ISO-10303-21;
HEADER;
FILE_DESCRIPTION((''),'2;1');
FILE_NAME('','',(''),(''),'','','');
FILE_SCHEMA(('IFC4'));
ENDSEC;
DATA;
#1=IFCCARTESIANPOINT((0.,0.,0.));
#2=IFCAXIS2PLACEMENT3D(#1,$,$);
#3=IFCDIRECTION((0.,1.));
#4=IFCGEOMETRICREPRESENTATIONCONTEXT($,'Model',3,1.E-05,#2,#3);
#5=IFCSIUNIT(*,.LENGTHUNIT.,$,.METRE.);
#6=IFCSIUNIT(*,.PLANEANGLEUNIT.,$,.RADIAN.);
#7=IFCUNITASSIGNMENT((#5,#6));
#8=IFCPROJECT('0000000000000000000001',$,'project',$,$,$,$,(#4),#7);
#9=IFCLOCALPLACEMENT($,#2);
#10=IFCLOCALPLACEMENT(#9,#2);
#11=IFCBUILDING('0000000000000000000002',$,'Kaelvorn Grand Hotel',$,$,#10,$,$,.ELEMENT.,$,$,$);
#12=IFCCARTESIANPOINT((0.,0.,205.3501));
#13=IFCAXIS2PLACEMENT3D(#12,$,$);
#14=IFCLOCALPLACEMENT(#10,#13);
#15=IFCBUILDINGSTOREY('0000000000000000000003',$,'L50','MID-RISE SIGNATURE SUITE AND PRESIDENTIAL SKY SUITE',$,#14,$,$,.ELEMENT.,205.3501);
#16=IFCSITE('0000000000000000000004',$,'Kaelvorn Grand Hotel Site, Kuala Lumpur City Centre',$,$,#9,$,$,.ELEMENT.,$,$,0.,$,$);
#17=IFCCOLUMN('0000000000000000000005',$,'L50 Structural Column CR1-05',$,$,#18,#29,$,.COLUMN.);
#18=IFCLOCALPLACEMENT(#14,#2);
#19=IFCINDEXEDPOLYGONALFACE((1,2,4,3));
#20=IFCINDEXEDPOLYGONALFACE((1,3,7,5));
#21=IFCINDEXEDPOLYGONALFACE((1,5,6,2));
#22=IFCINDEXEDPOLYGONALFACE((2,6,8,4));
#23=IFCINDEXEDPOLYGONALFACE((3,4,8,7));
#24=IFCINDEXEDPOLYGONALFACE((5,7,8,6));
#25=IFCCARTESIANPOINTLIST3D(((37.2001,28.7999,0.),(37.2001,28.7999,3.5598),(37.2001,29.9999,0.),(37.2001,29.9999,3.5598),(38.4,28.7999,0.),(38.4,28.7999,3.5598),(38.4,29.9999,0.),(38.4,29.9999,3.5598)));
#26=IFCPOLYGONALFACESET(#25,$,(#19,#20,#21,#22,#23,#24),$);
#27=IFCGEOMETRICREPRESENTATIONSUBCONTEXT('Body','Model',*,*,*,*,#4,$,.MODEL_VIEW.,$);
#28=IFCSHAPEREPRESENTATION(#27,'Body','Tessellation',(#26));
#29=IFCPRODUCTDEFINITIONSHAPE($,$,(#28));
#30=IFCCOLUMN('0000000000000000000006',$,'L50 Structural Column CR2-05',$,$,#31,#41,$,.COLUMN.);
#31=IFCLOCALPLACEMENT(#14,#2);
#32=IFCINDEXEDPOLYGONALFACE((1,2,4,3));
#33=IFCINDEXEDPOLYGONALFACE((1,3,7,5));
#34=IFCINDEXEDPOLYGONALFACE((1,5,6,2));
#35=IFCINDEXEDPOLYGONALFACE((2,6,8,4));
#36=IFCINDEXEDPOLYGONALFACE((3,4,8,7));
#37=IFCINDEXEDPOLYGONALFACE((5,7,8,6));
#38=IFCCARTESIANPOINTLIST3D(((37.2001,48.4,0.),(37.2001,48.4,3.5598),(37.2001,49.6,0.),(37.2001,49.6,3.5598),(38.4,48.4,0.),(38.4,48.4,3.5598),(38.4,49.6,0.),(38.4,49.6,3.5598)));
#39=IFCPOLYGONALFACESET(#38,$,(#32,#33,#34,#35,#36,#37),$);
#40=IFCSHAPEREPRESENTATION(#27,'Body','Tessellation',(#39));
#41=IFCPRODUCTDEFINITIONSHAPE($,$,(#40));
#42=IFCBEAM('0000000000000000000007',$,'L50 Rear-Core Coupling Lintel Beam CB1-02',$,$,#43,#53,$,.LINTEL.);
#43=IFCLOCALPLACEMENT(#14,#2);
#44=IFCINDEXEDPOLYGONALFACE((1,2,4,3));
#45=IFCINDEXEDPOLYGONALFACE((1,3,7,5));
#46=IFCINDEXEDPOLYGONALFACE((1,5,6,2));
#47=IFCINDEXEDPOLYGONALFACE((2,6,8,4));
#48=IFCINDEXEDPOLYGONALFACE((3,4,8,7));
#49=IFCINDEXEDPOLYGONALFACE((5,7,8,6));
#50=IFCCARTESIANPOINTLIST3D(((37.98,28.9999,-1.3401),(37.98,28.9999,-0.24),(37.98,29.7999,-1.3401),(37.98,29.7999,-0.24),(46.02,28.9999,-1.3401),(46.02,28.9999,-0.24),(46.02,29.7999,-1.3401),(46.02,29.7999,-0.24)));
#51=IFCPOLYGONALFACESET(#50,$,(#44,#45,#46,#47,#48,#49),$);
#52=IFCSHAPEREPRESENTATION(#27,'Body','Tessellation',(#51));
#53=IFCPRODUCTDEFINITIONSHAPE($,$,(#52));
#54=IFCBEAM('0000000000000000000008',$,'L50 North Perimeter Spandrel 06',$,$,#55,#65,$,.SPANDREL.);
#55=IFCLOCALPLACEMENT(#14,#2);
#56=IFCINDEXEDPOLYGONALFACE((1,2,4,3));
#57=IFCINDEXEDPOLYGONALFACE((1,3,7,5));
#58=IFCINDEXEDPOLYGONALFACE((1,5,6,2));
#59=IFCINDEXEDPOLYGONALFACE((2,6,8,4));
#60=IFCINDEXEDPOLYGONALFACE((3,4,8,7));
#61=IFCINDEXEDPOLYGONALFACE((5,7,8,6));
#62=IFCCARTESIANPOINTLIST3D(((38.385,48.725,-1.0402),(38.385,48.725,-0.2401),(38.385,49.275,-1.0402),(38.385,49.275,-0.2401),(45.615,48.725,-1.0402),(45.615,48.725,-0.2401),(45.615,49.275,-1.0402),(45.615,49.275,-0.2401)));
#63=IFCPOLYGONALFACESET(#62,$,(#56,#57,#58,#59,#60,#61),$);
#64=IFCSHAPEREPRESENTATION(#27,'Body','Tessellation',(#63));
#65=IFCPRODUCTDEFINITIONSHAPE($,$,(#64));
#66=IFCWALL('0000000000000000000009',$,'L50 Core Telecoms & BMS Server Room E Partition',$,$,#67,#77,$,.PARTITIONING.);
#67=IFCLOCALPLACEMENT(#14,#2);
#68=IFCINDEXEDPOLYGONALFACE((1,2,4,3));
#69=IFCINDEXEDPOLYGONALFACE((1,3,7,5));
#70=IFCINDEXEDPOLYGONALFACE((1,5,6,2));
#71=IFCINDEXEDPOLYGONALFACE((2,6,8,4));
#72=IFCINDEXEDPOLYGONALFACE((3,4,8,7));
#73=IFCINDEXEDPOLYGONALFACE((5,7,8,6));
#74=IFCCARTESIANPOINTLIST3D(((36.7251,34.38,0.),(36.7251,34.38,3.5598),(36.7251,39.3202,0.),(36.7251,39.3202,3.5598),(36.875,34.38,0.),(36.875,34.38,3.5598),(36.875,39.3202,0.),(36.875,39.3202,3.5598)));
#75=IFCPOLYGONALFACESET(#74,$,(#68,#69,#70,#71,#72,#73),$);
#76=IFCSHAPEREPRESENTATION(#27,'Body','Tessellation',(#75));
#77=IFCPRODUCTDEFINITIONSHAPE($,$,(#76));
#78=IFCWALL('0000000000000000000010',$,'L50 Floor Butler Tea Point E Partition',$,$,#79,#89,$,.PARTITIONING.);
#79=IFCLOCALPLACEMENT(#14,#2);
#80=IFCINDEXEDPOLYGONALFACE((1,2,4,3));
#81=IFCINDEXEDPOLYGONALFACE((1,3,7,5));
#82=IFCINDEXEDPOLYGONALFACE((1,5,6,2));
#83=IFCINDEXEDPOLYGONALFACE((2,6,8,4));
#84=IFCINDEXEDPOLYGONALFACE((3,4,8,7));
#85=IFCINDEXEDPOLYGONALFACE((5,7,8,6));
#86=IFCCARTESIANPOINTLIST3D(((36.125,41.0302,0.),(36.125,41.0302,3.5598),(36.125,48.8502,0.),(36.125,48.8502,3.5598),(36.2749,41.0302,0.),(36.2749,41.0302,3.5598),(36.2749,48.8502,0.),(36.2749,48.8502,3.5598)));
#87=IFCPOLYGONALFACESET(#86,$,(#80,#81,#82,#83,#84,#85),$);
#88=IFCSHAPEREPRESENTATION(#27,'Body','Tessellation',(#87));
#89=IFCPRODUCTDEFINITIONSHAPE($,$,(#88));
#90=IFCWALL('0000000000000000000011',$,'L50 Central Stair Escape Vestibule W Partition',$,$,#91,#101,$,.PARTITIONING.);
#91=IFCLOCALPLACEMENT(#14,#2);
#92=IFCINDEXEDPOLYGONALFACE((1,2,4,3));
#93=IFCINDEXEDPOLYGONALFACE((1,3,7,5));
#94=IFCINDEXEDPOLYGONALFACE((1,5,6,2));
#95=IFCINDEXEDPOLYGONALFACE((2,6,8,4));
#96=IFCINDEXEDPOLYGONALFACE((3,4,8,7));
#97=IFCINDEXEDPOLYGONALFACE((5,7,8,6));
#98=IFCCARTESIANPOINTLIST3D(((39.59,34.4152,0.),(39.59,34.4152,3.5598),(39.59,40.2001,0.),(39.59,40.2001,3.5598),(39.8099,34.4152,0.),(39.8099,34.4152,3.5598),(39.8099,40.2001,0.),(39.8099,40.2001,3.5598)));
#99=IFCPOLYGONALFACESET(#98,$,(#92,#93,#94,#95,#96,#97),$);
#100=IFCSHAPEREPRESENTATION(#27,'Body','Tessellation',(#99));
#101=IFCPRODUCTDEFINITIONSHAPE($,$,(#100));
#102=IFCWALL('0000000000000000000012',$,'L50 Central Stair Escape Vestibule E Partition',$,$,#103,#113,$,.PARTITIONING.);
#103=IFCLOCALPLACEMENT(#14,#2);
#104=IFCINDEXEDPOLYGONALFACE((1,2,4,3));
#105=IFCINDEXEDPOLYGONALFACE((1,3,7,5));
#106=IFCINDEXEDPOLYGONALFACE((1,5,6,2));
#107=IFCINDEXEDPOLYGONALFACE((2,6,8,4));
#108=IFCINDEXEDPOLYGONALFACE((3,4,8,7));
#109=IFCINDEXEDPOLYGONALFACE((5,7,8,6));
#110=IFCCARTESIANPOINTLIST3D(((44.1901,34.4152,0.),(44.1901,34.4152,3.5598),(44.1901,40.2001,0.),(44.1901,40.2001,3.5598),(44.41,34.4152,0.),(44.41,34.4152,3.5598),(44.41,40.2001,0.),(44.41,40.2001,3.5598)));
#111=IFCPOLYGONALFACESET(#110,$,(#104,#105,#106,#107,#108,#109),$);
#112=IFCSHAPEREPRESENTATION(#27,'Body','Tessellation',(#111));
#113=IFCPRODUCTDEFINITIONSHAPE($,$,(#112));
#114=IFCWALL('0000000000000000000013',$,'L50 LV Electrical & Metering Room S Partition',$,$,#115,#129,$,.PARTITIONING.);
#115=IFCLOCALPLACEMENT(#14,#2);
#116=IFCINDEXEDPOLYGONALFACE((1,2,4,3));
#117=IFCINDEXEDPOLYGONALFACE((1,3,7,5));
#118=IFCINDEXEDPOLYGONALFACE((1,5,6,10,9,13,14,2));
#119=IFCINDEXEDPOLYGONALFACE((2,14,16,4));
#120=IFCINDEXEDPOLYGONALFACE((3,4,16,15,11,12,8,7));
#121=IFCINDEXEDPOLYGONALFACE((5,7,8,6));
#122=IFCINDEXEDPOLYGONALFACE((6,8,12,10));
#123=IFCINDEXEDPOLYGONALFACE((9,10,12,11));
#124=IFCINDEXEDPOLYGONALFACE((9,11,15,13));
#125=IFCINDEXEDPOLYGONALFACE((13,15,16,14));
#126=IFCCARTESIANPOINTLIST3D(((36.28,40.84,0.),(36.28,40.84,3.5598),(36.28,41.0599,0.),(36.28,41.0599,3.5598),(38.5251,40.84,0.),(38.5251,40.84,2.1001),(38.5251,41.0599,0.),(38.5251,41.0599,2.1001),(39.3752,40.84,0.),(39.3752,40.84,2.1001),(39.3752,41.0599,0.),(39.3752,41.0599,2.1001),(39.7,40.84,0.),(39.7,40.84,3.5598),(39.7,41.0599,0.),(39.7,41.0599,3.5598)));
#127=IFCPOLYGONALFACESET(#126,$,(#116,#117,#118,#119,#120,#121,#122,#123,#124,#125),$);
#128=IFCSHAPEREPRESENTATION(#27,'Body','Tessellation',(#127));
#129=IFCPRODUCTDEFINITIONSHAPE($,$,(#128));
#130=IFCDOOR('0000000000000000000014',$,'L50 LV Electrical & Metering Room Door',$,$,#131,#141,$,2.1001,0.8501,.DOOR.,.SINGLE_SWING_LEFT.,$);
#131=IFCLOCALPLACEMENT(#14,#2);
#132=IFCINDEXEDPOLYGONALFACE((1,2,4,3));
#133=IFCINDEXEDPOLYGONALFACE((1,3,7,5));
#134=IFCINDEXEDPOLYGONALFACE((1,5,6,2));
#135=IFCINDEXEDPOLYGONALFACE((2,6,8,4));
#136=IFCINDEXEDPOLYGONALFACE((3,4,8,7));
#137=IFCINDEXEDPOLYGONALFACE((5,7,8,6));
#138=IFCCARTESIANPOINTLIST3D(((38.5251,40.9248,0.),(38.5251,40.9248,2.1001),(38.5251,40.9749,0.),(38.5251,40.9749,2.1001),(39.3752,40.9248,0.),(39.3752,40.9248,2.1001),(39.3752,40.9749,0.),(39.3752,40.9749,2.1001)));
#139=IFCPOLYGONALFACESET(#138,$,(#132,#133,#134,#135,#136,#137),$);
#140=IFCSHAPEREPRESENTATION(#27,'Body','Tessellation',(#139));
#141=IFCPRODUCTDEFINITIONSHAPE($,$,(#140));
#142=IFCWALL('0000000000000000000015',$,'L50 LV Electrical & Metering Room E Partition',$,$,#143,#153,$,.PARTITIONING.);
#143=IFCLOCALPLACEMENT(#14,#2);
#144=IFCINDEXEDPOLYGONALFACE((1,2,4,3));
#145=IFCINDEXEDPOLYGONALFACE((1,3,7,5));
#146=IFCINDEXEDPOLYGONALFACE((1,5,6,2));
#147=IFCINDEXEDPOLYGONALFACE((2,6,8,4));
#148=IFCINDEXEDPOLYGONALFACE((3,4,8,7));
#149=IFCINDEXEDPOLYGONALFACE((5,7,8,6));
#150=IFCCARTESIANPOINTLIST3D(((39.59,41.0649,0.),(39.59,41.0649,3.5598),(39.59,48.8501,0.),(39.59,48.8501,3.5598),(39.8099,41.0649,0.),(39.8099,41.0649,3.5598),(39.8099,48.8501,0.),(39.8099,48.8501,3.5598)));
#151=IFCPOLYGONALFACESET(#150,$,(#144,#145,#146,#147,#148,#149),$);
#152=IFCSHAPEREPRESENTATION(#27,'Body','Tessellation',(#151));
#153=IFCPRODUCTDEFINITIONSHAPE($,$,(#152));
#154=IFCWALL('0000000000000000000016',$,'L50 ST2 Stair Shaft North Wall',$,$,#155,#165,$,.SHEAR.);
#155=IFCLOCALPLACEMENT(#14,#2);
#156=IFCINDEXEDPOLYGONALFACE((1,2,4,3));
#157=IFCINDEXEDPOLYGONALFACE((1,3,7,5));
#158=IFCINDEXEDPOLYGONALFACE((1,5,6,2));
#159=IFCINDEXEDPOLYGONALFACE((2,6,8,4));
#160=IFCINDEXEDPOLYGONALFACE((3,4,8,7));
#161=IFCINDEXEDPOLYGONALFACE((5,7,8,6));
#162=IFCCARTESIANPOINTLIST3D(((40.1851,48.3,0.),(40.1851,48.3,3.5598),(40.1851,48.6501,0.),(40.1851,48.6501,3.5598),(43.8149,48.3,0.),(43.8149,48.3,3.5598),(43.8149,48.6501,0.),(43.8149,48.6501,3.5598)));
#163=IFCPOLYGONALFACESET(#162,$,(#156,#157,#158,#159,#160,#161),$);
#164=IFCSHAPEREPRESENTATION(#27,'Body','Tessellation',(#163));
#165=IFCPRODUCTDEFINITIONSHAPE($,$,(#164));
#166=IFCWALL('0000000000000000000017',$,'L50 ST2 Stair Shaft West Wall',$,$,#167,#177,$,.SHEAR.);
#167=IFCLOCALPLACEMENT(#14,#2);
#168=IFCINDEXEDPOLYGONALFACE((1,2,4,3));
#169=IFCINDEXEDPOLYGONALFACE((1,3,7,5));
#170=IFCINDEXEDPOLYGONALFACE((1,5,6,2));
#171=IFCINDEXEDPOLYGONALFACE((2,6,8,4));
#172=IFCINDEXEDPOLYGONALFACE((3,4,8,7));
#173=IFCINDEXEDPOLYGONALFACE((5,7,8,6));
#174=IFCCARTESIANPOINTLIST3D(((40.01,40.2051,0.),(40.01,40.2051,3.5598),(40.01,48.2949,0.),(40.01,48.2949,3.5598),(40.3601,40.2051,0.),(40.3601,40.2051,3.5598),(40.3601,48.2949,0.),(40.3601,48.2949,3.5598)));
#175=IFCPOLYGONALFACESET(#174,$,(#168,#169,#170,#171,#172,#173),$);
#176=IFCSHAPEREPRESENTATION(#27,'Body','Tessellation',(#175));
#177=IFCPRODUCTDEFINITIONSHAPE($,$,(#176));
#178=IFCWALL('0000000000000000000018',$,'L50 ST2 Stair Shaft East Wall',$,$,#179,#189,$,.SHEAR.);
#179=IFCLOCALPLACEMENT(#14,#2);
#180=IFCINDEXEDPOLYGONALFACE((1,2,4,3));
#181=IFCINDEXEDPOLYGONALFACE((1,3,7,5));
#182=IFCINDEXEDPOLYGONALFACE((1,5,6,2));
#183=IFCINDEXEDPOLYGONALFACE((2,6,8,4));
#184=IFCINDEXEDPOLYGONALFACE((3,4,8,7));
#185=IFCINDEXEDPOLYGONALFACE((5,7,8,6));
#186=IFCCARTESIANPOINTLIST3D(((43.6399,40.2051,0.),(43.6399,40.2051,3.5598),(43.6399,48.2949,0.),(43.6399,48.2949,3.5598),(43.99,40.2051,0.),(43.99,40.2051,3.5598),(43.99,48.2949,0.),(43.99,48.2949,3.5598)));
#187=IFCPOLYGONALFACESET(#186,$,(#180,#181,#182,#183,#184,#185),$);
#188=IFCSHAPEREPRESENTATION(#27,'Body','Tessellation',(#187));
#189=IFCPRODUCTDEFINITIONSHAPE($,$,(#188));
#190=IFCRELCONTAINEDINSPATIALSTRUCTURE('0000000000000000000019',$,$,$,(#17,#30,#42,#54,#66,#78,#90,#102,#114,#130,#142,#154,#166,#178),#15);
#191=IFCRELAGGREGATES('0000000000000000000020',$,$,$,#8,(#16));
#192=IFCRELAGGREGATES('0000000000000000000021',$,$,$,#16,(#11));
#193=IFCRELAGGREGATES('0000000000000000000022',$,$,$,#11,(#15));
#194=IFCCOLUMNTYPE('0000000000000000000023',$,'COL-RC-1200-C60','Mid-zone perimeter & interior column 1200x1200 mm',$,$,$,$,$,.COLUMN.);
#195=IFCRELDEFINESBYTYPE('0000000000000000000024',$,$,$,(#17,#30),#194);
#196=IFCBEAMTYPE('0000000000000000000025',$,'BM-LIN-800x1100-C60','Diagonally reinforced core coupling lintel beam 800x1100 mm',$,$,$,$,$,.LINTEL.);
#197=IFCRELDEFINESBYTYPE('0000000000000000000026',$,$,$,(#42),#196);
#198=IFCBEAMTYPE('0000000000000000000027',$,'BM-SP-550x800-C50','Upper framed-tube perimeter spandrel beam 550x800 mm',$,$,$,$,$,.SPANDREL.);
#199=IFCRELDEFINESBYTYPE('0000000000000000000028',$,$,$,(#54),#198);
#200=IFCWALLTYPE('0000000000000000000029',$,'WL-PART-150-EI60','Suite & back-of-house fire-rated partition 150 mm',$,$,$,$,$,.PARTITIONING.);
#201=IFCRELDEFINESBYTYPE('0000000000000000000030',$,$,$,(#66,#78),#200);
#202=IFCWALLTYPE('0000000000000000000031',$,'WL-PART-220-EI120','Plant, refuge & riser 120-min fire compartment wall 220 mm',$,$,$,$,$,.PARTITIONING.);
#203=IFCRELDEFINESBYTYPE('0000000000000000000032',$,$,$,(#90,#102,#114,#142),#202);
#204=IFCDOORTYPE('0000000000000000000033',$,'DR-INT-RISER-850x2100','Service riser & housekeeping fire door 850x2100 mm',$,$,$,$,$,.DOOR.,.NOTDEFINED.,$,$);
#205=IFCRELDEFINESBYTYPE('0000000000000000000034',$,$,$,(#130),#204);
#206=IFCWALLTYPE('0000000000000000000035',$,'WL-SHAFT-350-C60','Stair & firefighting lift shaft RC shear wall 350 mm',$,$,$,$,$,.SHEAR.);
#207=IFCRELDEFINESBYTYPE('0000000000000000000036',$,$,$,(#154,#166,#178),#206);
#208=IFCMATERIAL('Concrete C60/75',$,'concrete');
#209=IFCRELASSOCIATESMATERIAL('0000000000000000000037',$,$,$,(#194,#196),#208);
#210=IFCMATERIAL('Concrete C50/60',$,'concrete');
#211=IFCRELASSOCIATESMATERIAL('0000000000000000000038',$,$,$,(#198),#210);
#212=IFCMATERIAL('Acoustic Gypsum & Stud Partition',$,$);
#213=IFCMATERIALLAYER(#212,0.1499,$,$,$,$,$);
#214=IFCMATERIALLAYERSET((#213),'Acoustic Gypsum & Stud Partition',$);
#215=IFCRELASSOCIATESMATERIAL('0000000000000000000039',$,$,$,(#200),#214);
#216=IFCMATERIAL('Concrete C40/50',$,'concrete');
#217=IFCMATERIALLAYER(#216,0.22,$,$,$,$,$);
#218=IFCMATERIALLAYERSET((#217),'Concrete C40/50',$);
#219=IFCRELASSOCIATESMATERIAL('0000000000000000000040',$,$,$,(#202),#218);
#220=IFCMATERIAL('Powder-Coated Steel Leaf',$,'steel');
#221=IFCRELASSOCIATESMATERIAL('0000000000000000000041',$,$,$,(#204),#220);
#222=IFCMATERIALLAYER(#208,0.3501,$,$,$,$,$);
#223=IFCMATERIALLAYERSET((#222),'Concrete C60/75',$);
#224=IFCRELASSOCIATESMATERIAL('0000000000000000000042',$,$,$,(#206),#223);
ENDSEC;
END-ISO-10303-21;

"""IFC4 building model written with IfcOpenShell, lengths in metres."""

from ifc_helpers import new_model, si_unit, direction, frame, frame_2d, origin, origin_2d, place, context, subcontext, project, spatial, rectangle, extrude, material, layer, layer_set, material_profile, profile_set, type_object, element, fill, save


model = new_model("IFC4")

# Units and contexts
model_context = context("Model", 3, precision=1e-05, world=origin(), true_north=direction((0.0, 1.0)))
body_context = subcontext(model_context, "Body", "Model", "MODEL_VIEW")
ifc_project = project(units=[si_unit("LENGTHUNIT", "METRE"), si_unit("PLANEANGLEUNIT", "RADIAN")], contexts=[model_context])

# Site, building, storey
site_placement = place(None, origin())
site = spatial("IfcSite", under=ifc_project, at=site_placement, Name="Kaelvorn Grand Hotel Site, Kuala Lumpur City Centre", CompositionType="ELEMENT", RefElevation=0.0)
building_placement = place(site_placement, origin())
building = spatial("IfcBuilding", under=site, at=building_placement, Name="Kaelvorn Grand Hotel", CompositionType="ELEMENT")
storey_placement = place(building_placement, frame((0.0, 0.0, 205.3501)))
storey = spatial("IfcBuildingStorey", under=building, at=storey_placement, Name="L50", Description="MID-RISE SIGNATURE SUITE AND PRESIDENTIAL SKY SUITE", CompositionType="ELEMENT", Elevation=205.3501)

# Columns
ifc_material_1 = material(Name="Concrete C60/75", Category="concrete")
ifc_material_profile_1 = material_profile(ifc_material_1, rectangle(XDim=1.2, YDim=1.2, at=origin_2d()), Name="RC COL 1200x1200")
ifc_profile_set_1 = profile_set([ifc_material_profile_1], Name="Concrete C60/75")
column_type = type_object("IfcColumnType", Name="COL-RC-1200-C60", Description="Mid-zone perimeter & interior column 1200x1200 mm", PredefinedType="COLUMN", material=ifc_profile_set_1)
for number, where, z_axis, x_axis, name in (
    (1, (37.8, 29.3999, 0.0), (0.0, 0.0, 1.0), (1.0, 0.0, 0.0), "L50 Structural Column CR1-05"),
    (2, (37.8, 49.0, 0.0), (0.0, 0.0, 1.0), (1.0, 0.0, 0.0), "L50 Structural Column CR2-05"),
):
    element("IfcColumn", number, at=place(storey_placement, frame(where, z_axis=z_axis, x_axis=x_axis)), inside=storey, type_object=column_type, Name=name, PredefinedType="COLUMN", context=body_context, shape_type="SweptSolid", body=[
        extrude(rectangle(XDim=1.2, YDim=1.2, at=origin_2d()), origin(), (0.0, 0.0, 1.0), 3.5598),
    ])

# Beams
ifc_material_profile_2 = material_profile(ifc_material_1, rectangle(XDim=0.8, YDim=1.1001, at=origin_2d()), Name="RC LINTEL 800x1100")
ifc_profile_set_2 = profile_set([ifc_material_profile_2], Name="Concrete C60/75")
beam_type_1 = type_object("IfcBeamType", Name="BM-LIN-800x1100-C60", Description="Diagonally reinforced core coupling lintel beam 800x1100 mm", PredefinedType="LINTEL", material=ifc_profile_set_2)
beam_1_placement = place(storey_placement, frame((37.98, 29.3999, -0.79), z_axis=(1.0, 0.0, 0.0), x_axis=(0.0, 1.0, 0.0)))
element("IfcBeam", 3, at=beam_1_placement, inside=storey, type_object=beam_type_1, Name="L50 Rear-Core Coupling Lintel Beam CB1-02", PredefinedType="LINTEL", context=body_context, shape_type="SweptSolid", body=[
    extrude(rectangle(XDim=0.8, YDim=1.1001, at=origin_2d()), origin(), (0.0, 0.0, 1.0), 8.04),
])
ifc_material_2 = material(Name="Concrete C50/60", Category="concrete")
ifc_material_profile_3 = material_profile(ifc_material_2, rectangle(XDim=0.55, YDim=0.8, at=origin_2d()), Name="RC SPANDREL 550x800")
ifc_profile_set_3 = profile_set([ifc_material_profile_3], Name="Concrete C50/60")
beam_type_2 = type_object("IfcBeamType", Name="BM-SP-550x800-C50", Description="Upper framed-tube perimeter spandrel beam 550x800 mm", PredefinedType="SPANDREL", material=ifc_profile_set_3)
beam_2_placement = place(storey_placement, frame((38.385, 49.0, -0.6401), z_axis=(1.0, 0.0, 0.0), x_axis=(0.0, 1.0, 0.0)))
element("IfcBeam", 4, at=beam_2_placement, inside=storey, type_object=beam_type_2, Name="L50 North Perimeter Spandrel 06", PredefinedType="SPANDREL", context=body_context, shape_type="SweptSolid", body=[
    extrude(rectangle(XDim=0.55, YDim=0.8, at=origin_2d()), origin(), (0.0, 0.0, 1.0), 7.23),
])

# Walls
ifc_material_3 = material(Name="Acoustic Gypsum & Stud Partition")
ifc_layer_1 = layer(ifc_material_3, 0.1499)
ifc_layer_set_1 = layer_set([ifc_layer_1], Name="Acoustic Gypsum & Stud Partition")
wall_type_1 = type_object("IfcWallType", Name="WL-PART-150-EI60", Description="Suite & back-of-house fire-rated partition 150 mm", PredefinedType="PARTITIONING", material=ifc_layer_set_1)
wall_1_placement = place(storey_placement, frame((36.8, 34.3799, 0.0), z_axis=(0.0, 0.0, 1.0), x_axis=(0.0, 1.0, 0.0)))
element("IfcWall", 5, at=wall_1_placement, inside=storey, type_object=wall_type_1, Name="L50 Core Telecoms & BMS Server Room E Partition", PredefinedType="PARTITIONING", context=body_context, shape_type="SweptSolid", body=[
    extrude(rectangle(XDim=4.9402, YDim=0.1499, at=frame_2d((2.4702, 0.0))), origin(), (0.0, 0.0, 1.0), 3.5598),
])
wall_2_placement = place(storey_placement, frame((36.2, 41.03, 0.0), z_axis=(0.0, 0.0, 1.0), x_axis=(0.0, 1.0, 0.0)))
element("IfcWall", 6, at=wall_2_placement, inside=storey, type_object=wall_type_1, Name="L50 Floor Butler Tea Point E Partition", PredefinedType="PARTITIONING", context=body_context, shape_type="SweptSolid", body=[
    extrude(rectangle(XDim=7.8201, YDim=0.1499, at=frame_2d((3.9102, 0.0))), origin(), (0.0, 0.0, 1.0), 3.5598),
])

# Shared definitions
ifc_material_4 = material(Name="Concrete C40/50", Category="concrete")
ifc_layer_2 = layer(ifc_material_4, 0.22)
ifc_layer_set_2 = layer_set([ifc_layer_2], Name="Concrete C40/50")
wall_type_2 = type_object("IfcWallType", Name="WL-PART-220-EI120", Description="Plant, refuge & riser 120-min fire compartment wall 220 mm", PredefinedType="PARTITIONING", material=ifc_layer_set_2)

# Walls
for number, where, z_axis, x_axis, name in (
    (7, (39.7, 34.415, 0.0), (0.0, 0.0, 1.0), (0.0, 1.0, 0.0), "L50 Central Stair Escape Vestibule W Partition"),
    (8, (44.3, 34.415, 0.0), (0.0, 0.0, 1.0), (0.0, 1.0, 0.0), "L50 Central Stair Escape Vestibule E Partition"),
):
    element("IfcWall", number, at=place(storey_placement, frame(where, z_axis=z_axis, x_axis=x_axis)), inside=storey, type_object=wall_type_2, Name=name, PredefinedType="PARTITIONING", context=body_context, shape_type="SweptSolid", body=[
        extrude(rectangle(XDim=5.7849, YDim=0.22, at=frame_2d((2.8926, 0.0))), origin(), (0.0, 0.0, 1.0), 3.5598),
    ])

# Wall, opening, door
wall_3_placement = place(storey_placement, frame((36.28, 40.95, 0.0), z_axis=(0.0, 0.0, 1.0), x_axis=(1.0, 0.0, 0.0)))
wall_3 = element("IfcWall", 9, at=wall_3_placement, inside=storey, type_object=wall_type_2, Name="L50 LV Electrical & Metering Room S Partition", PredefinedType="PARTITIONING", context=body_context, shape_type="SweptSolid", body=[
    extrude(rectangle(XDim=3.4199, YDim=0.22, at=frame_2d((1.71, 0.0))), origin(), (0.0, 0.0, 1.0), 3.5598),
])
opening_1_placement = place(wall_3_placement, frame((2.2451, 0.0, 0.0)))
opening_1 = element("IfcOpeningElement", 10, at=opening_1_placement, cuts=wall_3, PredefinedType="OPENING", context=body_context, shape_type="SweptSolid", body=[
    extrude(rectangle(XDim=0.8501, YDim=2.1001, at=frame_2d((0.425, 1.05))), frame((0.0, 0.1201, 0.0), z_axis=(0.0, -1.0, 0.0), x_axis=(1.0, 0.0, 0.0)), (0.0, 0.0, 1.0), 0.24),
])
ifc_material_5 = material(Name="Powder-Coated Steel Leaf", Category="steel")
door_type_1 = type_object("IfcDoorType", Name="DR-INT-RISER-850x2100", Description="Service riser & housekeeping fire door 850x2100 mm", OperationType="NOTDEFINED", PredefinedType="DOOR", material=ifc_material_5)
door_1_placement = place(opening_1_placement, origin())
door_1 = element("IfcDoor", 11, at=door_1_placement, inside=storey, type_object=door_type_1, Name="L50 LV Electrical & Metering Room Door", OperationType="SINGLE_SWING_LEFT", OverallHeight=2.1001, OverallWidth=0.8501, PredefinedType="DOOR", context=body_context, shape_type="SweptSolid", body=[
    extrude(rectangle(XDim=0.8501, YDim=2.1001, at=frame_2d((0.425, 1.05))), frame((0.0, 0.0249, 0.0), z_axis=(0.0, -1.0, 0.0), x_axis=(1.0, 0.0, 0.0)), (0.0, 0.0, 1.0), 0.05),
])
fill(opening_1, door_1)

# Wall
wall_4_placement = place(storey_placement, frame((39.7, 41.0649, 0.0), z_axis=(0.0, 0.0, 1.0), x_axis=(0.0, 1.0, 0.0)))
element("IfcWall", 12, at=wall_4_placement, inside=storey, type_object=wall_type_2, Name="L50 LV Electrical & Metering Room E Partition", PredefinedType="PARTITIONING", context=body_context, shape_type="SweptSolid", body=[
    extrude(rectangle(XDim=7.7852, YDim=0.22, at=frame_2d((3.8926, 0.0))), origin(), (0.0, 0.0, 1.0), 3.5598),
])

# Shared definitions
ifc_layer_3 = layer(ifc_material_1, 0.3501)
ifc_layer_set_3 = layer_set([ifc_layer_3], Name="Concrete C60/75")
wall_type_3 = type_object("IfcWallType", Name="WL-SHAFT-350-C60", Description="Stair & firefighting lift shaft RC shear wall 350 mm", PredefinedType="SHEAR", material=ifc_layer_set_3)

# Walls
wall_5_placement = place(storey_placement, frame((40.1851, 48.4751, 0.0), z_axis=(0.0, 0.0, 1.0), x_axis=(1.0, 0.0, 0.0)))
element("IfcWall", 13, at=wall_5_placement, inside=storey, type_object=wall_type_3, Name="L50 ST2 Stair Shaft North Wall", PredefinedType="SHEAR", context=body_context, shape_type="SweptSolid", body=[
    extrude(rectangle(XDim=3.6299, YDim=0.3501, at=frame_2d((1.8149, 0.0))), origin(), (0.0, 0.0, 1.0), 3.5598),
])
for number, where, z_axis, x_axis, name in (
    (14, (40.1851, 40.2051, 0.0), (0.0, 0.0, 1.0), (0.0, 1.0, 0.0), "L50 ST2 Stair Shaft West Wall"),
    (15, (43.8149, 40.2051, 0.0), (0.0, 0.0, 1.0), (0.0, 1.0, 0.0), "L50 ST2 Stair Shaft East Wall"),
):
    element("IfcWall", number, at=place(storey_placement, frame(where, z_axis=z_axis, x_axis=x_axis)), inside=storey, type_object=wall_type_3, Name=name, PredefinedType="SHEAR", context=body_context, shape_type="SweptSolid", body=[
        extrude(rectangle(XDim=8.0898, YDim=0.3501, at=frame_2d((4.0449, 0.0))), origin(), (0.0, 0.0, 1.0), 3.5598),
    ])

save(model, "model.ifc")
